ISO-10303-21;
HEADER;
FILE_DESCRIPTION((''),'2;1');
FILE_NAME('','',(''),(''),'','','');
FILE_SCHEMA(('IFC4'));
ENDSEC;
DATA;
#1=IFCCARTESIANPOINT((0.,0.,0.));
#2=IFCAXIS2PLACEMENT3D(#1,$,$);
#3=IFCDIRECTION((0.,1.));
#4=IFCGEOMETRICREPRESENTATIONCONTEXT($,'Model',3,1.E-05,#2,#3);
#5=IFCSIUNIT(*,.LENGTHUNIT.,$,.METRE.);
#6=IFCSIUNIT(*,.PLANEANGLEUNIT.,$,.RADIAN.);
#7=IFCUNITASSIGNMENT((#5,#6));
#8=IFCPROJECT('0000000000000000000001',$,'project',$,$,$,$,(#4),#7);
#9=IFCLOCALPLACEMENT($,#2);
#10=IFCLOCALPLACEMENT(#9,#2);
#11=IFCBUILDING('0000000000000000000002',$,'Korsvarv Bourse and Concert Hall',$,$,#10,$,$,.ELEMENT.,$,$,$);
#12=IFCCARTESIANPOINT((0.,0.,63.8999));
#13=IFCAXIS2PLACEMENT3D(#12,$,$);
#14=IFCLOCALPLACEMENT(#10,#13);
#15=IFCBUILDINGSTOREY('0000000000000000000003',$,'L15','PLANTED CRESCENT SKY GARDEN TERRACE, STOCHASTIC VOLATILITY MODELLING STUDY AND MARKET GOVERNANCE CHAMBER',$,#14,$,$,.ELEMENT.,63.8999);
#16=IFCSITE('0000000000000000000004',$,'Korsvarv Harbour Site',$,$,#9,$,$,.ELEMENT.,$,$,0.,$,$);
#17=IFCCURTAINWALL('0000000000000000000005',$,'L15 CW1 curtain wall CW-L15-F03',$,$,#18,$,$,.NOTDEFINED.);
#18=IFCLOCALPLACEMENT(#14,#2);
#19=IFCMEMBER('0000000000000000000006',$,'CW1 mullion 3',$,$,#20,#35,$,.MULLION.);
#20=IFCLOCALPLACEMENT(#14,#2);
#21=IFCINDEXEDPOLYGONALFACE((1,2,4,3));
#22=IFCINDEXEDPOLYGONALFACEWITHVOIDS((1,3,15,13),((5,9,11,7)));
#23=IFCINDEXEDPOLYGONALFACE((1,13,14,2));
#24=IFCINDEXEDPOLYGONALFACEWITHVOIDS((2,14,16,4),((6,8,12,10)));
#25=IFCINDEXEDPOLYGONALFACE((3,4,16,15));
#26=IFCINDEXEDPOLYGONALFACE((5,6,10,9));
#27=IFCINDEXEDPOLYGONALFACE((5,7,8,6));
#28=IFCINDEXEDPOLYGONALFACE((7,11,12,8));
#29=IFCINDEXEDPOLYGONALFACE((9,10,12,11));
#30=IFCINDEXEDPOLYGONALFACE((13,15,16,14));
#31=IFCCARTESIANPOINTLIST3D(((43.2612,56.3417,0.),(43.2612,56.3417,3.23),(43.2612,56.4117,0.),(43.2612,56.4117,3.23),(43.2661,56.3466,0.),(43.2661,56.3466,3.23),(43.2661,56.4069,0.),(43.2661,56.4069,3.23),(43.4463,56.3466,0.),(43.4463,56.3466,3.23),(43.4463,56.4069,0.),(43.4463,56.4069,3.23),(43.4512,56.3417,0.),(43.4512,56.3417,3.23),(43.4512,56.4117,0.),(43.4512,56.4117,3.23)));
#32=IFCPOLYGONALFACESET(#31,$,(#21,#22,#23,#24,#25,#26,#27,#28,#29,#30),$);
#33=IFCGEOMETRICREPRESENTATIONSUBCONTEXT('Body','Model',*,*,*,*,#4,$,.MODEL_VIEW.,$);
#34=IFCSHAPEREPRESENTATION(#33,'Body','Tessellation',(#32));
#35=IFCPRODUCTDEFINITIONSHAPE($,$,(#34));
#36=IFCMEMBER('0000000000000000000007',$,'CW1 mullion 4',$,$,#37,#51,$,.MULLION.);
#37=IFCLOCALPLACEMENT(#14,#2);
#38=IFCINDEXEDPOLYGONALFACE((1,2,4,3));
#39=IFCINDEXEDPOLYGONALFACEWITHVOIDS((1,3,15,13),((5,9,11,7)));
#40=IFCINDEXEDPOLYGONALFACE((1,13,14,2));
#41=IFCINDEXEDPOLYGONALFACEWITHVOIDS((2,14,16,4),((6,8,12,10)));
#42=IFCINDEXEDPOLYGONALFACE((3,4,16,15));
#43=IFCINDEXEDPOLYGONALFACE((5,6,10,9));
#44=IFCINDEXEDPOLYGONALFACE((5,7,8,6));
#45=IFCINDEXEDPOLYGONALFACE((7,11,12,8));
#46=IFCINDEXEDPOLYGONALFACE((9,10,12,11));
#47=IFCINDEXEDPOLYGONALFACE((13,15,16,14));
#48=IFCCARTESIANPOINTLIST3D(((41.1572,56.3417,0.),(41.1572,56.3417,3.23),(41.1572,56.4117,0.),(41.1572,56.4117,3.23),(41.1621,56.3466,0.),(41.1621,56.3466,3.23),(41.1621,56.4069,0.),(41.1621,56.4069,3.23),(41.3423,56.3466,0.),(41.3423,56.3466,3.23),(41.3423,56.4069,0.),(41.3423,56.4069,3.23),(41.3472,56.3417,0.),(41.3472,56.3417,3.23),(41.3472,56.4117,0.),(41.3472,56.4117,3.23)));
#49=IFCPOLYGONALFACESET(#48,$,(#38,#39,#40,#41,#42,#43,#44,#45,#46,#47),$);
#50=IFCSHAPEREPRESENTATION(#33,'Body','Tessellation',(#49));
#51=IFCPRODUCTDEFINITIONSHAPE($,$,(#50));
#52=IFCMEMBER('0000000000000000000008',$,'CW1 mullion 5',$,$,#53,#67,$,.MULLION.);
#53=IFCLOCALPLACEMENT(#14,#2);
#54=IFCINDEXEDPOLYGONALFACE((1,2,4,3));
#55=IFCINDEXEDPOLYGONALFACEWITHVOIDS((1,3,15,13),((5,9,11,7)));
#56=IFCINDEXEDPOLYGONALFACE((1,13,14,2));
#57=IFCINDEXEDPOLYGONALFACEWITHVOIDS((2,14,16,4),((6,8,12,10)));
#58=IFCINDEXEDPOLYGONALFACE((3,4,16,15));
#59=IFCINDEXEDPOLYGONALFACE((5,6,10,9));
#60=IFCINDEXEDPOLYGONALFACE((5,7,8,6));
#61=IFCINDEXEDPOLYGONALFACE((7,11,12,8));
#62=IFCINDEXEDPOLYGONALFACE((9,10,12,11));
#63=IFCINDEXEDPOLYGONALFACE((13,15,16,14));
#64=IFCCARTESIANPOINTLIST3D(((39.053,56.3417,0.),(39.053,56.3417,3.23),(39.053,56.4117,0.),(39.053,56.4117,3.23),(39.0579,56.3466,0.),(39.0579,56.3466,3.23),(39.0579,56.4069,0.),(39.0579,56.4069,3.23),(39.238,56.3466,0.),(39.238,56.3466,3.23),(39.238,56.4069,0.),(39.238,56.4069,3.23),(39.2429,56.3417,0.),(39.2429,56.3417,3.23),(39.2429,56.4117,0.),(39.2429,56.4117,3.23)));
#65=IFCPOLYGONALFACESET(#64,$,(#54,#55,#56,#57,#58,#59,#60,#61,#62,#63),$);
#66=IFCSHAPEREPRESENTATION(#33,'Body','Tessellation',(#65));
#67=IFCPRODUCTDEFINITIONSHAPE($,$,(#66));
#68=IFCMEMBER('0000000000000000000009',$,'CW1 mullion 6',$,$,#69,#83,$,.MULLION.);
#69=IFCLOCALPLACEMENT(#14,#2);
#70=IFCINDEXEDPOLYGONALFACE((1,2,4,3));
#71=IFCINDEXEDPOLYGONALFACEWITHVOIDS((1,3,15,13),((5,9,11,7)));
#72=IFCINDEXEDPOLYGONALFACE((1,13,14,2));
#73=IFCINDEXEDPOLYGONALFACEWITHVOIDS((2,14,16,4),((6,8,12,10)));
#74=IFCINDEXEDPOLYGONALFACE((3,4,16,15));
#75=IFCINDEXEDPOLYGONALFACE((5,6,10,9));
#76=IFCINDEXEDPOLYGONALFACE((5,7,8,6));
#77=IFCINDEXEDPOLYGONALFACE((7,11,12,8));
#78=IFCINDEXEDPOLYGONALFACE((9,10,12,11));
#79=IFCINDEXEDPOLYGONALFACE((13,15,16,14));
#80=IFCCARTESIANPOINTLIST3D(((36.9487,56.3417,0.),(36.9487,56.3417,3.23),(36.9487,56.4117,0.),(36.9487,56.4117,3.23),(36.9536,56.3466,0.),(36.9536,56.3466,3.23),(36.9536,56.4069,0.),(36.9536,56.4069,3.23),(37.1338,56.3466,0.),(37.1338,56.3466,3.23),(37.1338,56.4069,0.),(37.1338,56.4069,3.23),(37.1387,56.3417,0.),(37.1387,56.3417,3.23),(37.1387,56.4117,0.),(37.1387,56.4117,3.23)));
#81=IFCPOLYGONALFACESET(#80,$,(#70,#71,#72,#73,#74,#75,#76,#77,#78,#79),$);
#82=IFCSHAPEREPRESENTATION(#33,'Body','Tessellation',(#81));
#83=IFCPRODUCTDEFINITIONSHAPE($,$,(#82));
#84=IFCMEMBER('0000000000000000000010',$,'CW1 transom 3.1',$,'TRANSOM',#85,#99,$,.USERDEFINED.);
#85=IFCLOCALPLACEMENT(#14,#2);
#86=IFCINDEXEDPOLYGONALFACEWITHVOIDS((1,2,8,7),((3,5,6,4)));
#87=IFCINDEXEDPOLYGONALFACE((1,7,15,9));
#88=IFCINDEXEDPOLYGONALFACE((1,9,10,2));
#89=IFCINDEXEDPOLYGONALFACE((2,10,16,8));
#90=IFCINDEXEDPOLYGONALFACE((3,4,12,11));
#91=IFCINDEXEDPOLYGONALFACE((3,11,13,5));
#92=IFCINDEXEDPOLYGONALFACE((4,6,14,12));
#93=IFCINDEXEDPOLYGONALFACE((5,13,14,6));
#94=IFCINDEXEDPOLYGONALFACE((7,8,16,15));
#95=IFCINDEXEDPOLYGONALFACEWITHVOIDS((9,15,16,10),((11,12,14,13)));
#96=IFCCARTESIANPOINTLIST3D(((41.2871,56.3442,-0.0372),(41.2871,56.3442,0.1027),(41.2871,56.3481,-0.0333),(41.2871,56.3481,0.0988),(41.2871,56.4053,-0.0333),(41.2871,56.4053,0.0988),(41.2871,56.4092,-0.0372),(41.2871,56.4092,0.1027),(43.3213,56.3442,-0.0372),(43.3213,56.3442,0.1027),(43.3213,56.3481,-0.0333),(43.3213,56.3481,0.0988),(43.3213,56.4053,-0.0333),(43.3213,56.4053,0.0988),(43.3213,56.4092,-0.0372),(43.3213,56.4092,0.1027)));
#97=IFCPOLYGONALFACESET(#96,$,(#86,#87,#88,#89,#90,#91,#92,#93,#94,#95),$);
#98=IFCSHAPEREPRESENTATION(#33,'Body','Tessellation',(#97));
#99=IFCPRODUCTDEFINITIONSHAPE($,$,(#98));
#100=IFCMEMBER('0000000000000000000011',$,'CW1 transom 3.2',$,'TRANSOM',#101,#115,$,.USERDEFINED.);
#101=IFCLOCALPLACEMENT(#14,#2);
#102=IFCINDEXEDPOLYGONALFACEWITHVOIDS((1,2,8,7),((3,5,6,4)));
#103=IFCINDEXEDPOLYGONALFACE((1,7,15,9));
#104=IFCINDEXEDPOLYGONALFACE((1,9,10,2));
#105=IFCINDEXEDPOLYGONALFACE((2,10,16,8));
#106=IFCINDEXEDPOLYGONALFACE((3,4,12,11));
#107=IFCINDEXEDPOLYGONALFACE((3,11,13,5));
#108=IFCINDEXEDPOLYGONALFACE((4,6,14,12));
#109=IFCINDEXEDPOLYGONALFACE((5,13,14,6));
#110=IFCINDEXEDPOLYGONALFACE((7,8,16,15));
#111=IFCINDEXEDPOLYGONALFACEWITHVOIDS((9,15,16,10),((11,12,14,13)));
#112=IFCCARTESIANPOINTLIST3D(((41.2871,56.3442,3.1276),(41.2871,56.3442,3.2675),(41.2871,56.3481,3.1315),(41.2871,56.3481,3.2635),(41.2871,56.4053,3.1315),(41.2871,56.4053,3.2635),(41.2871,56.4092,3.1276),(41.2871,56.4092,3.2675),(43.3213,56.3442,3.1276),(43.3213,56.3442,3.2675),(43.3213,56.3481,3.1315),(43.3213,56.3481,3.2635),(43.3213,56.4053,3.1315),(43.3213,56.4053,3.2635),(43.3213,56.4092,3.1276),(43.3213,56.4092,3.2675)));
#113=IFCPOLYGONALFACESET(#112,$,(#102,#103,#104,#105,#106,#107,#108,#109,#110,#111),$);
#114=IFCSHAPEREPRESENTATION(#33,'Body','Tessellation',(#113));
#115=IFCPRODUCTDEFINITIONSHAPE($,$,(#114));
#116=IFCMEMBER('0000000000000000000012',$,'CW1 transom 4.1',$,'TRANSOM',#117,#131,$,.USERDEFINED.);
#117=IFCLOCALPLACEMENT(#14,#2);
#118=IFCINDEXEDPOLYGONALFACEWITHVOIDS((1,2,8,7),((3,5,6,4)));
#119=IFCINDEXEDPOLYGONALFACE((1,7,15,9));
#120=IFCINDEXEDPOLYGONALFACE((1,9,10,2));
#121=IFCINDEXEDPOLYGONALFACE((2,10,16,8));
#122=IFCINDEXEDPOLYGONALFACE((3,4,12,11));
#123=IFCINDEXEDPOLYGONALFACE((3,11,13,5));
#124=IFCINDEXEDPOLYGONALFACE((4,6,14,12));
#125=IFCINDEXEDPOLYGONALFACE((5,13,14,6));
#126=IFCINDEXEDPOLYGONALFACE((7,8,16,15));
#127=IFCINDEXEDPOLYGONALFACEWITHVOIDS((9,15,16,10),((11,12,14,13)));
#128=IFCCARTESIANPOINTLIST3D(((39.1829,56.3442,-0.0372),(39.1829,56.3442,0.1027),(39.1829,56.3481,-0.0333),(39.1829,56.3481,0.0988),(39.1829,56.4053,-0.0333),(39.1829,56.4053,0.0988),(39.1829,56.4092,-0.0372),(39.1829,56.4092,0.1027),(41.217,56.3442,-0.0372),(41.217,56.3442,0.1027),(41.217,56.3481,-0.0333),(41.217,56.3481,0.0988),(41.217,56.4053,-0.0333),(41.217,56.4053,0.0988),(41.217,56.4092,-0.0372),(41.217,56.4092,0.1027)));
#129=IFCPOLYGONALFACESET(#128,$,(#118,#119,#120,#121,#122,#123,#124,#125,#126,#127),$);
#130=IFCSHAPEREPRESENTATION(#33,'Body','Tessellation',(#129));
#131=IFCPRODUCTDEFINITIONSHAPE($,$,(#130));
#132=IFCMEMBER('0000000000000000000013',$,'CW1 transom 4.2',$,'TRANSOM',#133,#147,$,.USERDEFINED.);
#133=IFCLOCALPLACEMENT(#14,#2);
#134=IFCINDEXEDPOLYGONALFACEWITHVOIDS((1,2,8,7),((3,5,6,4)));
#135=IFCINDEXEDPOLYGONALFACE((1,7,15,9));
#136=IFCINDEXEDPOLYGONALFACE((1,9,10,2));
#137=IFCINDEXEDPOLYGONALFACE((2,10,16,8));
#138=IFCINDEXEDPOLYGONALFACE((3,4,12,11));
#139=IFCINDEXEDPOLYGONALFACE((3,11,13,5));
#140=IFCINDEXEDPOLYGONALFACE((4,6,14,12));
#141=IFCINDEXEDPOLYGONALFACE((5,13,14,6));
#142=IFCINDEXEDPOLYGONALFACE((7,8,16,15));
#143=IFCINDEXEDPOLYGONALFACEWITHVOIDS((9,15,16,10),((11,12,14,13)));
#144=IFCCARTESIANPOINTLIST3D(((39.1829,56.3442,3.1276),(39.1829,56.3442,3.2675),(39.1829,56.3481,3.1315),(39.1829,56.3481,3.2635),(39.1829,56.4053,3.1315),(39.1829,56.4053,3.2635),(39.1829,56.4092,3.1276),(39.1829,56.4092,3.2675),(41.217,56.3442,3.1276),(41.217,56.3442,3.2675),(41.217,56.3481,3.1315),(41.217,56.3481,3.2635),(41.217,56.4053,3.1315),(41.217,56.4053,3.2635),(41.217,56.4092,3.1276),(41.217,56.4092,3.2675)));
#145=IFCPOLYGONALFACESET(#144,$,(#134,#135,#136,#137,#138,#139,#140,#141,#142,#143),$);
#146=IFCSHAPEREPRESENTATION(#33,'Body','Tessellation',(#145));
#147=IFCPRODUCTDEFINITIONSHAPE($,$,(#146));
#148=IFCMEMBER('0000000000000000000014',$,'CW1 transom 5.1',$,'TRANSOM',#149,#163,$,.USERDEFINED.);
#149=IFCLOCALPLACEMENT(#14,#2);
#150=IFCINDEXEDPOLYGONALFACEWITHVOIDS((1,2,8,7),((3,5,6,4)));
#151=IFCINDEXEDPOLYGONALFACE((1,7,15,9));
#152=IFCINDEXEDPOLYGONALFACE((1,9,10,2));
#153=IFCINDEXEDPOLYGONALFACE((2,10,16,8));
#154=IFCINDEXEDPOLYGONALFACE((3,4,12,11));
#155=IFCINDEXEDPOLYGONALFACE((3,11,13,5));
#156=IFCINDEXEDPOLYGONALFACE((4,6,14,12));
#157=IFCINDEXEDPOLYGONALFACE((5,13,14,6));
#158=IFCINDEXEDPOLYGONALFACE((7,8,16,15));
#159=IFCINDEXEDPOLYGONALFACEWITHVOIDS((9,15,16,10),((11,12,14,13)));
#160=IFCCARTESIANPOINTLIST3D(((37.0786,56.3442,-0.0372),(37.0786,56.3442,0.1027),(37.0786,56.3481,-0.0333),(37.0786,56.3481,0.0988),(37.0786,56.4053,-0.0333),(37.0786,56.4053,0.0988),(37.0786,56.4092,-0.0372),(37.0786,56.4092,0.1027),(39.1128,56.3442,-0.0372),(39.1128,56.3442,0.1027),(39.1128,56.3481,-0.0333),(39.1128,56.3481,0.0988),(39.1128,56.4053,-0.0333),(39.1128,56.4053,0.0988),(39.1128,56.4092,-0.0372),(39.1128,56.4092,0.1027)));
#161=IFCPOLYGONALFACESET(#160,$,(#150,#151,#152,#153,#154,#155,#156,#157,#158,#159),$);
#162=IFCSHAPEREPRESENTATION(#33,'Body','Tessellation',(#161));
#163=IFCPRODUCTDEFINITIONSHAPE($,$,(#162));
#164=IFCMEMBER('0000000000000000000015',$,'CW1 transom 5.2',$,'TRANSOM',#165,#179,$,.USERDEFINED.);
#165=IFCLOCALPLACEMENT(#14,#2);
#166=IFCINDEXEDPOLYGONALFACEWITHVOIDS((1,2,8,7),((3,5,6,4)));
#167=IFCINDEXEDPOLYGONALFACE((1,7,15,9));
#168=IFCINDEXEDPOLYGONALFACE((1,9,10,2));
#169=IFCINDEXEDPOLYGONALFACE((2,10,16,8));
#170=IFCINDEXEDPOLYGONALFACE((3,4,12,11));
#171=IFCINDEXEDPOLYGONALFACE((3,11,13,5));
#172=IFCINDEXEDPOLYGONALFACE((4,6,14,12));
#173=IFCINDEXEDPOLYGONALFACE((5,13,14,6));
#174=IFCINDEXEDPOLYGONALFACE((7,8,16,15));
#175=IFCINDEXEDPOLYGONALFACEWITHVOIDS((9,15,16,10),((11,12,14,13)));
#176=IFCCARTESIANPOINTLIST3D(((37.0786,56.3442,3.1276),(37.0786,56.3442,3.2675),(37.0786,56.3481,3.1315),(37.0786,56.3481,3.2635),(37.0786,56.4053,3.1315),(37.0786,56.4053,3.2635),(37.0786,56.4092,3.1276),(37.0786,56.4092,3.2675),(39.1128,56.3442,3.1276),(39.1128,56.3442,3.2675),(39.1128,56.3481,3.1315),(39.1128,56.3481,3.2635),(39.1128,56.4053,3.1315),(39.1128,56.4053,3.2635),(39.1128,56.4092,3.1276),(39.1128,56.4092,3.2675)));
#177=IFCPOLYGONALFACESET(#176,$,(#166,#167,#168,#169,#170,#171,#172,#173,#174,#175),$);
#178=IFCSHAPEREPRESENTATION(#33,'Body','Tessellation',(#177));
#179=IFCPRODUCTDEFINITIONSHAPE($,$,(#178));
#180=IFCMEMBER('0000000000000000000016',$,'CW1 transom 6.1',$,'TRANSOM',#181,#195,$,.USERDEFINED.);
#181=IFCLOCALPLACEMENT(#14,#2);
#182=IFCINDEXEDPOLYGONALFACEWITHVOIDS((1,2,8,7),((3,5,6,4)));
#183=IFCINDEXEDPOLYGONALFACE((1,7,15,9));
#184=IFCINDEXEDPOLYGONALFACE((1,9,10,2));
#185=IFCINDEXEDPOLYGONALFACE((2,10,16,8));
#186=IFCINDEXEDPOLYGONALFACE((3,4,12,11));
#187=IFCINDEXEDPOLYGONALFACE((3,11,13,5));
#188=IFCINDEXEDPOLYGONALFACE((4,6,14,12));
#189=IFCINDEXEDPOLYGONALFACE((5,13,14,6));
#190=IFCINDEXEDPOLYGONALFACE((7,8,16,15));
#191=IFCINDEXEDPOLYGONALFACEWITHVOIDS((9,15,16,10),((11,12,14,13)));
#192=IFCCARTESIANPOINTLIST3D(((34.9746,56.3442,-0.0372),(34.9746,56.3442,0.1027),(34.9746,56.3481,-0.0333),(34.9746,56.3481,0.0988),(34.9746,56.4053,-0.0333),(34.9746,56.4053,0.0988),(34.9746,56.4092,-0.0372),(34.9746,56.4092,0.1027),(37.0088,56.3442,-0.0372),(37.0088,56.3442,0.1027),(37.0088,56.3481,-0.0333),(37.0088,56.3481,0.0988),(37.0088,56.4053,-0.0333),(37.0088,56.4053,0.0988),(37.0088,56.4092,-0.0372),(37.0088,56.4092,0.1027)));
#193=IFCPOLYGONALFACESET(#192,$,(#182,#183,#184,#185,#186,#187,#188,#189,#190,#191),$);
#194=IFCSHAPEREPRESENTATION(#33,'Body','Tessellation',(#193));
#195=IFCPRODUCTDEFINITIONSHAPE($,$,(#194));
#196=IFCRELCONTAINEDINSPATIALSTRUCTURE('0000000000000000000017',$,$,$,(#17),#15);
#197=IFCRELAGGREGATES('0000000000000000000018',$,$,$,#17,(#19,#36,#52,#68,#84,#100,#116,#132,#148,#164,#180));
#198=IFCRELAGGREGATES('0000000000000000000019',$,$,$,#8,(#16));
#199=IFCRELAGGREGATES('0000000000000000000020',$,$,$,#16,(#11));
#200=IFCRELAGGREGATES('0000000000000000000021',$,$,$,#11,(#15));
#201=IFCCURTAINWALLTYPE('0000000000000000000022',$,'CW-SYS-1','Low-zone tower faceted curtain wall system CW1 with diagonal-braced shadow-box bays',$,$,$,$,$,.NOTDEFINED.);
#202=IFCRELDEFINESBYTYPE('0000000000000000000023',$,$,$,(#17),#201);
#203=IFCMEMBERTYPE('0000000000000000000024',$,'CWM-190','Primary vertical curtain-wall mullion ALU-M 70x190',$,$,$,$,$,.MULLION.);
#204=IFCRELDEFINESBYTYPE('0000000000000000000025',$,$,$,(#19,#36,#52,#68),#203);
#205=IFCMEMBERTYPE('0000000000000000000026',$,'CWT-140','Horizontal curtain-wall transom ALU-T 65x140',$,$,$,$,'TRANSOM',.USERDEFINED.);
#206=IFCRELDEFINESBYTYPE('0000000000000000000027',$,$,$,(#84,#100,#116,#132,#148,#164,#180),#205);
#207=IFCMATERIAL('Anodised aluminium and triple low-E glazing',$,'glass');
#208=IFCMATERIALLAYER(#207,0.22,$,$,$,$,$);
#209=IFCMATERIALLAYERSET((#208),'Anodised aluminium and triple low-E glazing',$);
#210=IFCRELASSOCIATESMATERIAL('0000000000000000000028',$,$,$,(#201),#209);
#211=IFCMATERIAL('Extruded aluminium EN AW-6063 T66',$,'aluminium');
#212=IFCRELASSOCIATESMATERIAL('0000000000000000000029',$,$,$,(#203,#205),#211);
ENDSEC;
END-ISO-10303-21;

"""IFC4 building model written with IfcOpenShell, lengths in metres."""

from ifc_helpers import new_model, si_unit, direction, frame, origin, origin_2d, place, context, subcontext, project, spatial, hollow_rectangle, extrude, source, transform, mapped, material, layer, layer_set, material_profile, profile_set, type_object, element, aggregate, save


model = new_model("IFC4")

# Units and contexts
model_context = context("Model", 3, precision=1e-05, world=origin(), true_north=direction((0.0, 1.0)))
body_context = subcontext(model_context, "Body", "Model", "MODEL_VIEW")
ifc_project = project(units=[si_unit("LENGTHUNIT", "METRE"), si_unit("PLANEANGLEUNIT", "RADIAN")], contexts=[model_context])

# Site, building, storey
site_placement = place(None, origin())
site = spatial("IfcSite", under=ifc_project, at=site_placement, Name="Korsvarv Harbour Site", CompositionType="ELEMENT", RefElevation=0.0)
building_placement = place(site_placement, origin())
building = spatial("IfcBuilding", under=site, at=building_placement, Name="Korsvarv Bourse and Concert Hall", CompositionType="ELEMENT")
storey_placement = place(building_placement, frame((0.0, 0.0, 63.8999)))
storey = spatial("IfcBuildingStorey", under=building, at=storey_placement, Name="L15", Description="PLANTED CRESCENT SKY GARDEN TERRACE, STOCHASTIC VOLATILITY MODELLING STUDY AND MARKET GOVERNANCE CHAMBER", CompositionType="ELEMENT", Elevation=63.8999)

# Curtain wall, members
ifc_material_1 = material(Name="Anodised aluminium and triple low-E glazing", Category="glass")
ifc_layer_1 = layer(ifc_material_1, 0.22)
ifc_layer_set_1 = layer_set([ifc_layer_1], Name="Anodised aluminium and triple low-E glazing")
curtain_wall_type = type_object("IfcCurtainWallType", Name="CW-SYS-1", Description="Low-zone tower faceted curtain wall system CW1 with diagonal-braced shadow-box bays", PredefinedType="NOTDEFINED", material=ifc_layer_set_1)
curtain_wall_placement = place(storey_placement, origin())
curtain_wall = element("IfcCurtainWall", 1, at=curtain_wall_placement, inside=storey, type_object=curtain_wall_type, Name="L15 CW1 curtain wall CW-L15-F03", PredefinedType="NOTDEFINED")
ifc_material_2 = material(Name="Extruded aluminium EN AW-6063 T66", Category="aluminium")
ifc_material_profile_1 = material_profile(ifc_material_2, hollow_rectangle(XDim=0.0701, YDim=0.1899, WallThickness=0.0049, at=origin_2d()), Name="ALU-M 70x190")
ifc_profile_set_1 = profile_set([ifc_material_profile_1], Name="Extruded aluminium EN AW-6063 T66")
member_type_1 = type_object("IfcMemberType", Name="CWM-190", Description="Primary vertical curtain-wall mullion ALU-M 70x190", PredefinedType="MULLION", material=ifc_profile_set_1)
shared_shape_1 = source(origin(), body_context, "Body", "SweptSolid", [
    extrude(hollow_rectangle(XDim=0.0701, YDim=0.1899, WallThickness=0.0049, at=origin_2d()), origin(), (0.0, 0.0, 1.0), 3.23),
])
member_1_placement = place(storey_placement, frame((43.3562, 56.3767, 0.0), z_axis=(0.0, 0.0, 1.0), x_axis=(0.0, -1.0, 0.0)))
member_1 = element("IfcMember", 2, at=member_1_placement, type_object=member_type_1, Name="CW1 mullion 3", PredefinedType="MULLION", context=body_context, shape_type="MappedRepresentation", body=[
    mapped(shared_shape_1, transform((0.0, 0.0, 0.0), scale=1.0)),
])
member_2_placement = place(storey_placement, frame((41.2522, 56.3767, 0.0), z_axis=(0.0, 0.0, 1.0), x_axis=(0.0, -1.0, 0.0)))
member_2 = element("IfcMember", 3, at=member_2_placement, type_object=member_type_1, Name="CW1 mullion 4", PredefinedType="MULLION", context=body_context, shape_type="MappedRepresentation", body=[
    mapped(shared_shape_1, transform((0.0, 0.0, 0.0), scale=1.0)),
])
member_3_placement = place(storey_placement, frame((39.1479, 56.3767, 0.0), z_axis=(0.0, 0.0, 1.0), x_axis=(0.0, -1.0, 0.0)))
member_3 = element("IfcMember", 4, at=member_3_placement, type_object=member_type_1, Name="CW1 mullion 5", PredefinedType="MULLION", context=body_context, shape_type="MappedRepresentation", body=[
    mapped(shared_shape_1, transform((0.0, 0.0, 0.0), scale=1.0)),
])
member_4_placement = place(storey_placement, frame((37.0437, 56.3767, 0.0), z_axis=(0.0, 0.0, 1.0), x_axis=(0.0, -1.0, 0.0)))
member_4 = element("IfcMember", 5, at=member_4_placement, type_object=member_type_1, Name="CW1 mullion 6", PredefinedType="MULLION", context=body_context, shape_type="MappedRepresentation", body=[
    mapped(shared_shape_1, transform((0.0, 0.0, 0.0), scale=1.0)),
])
ifc_material_profile_2 = material_profile(ifc_material_2, hollow_rectangle(XDim=0.0649, YDim=0.1399, WallThickness=0.0039, at=origin_2d()), Name="ALU-T 65x140")
ifc_profile_set_2 = profile_set([ifc_material_profile_2], Name="Extruded aluminium EN AW-6063 T66")
member_type_2 = type_object("IfcMemberType", Name="CWT-140", Description="Horizontal curtain-wall transom ALU-T 65x140", ElementType="TRANSOM", PredefinedType="USERDEFINED", material=ifc_profile_set_2)
shared_shape_2 = source(origin(), body_context, "Body", "SweptSolid", [
    extrude(hollow_rectangle(XDim=0.0649, YDim=0.1399, WallThickness=0.0039, at=origin_2d()), origin(), (0.0, 0.0, 1.0), 2.0342),
])
member_5_placement = place(storey_placement, frame((43.3213, 56.3767, 0.0327), z_axis=(-1.0, 0.0, 0.0), x_axis=(0.0, -1.0, 0.0)))
member_5 = element("IfcMember", 6, at=member_5_placement, type_object=member_type_2, Name="CW1 transom 3.1", ObjectType="TRANSOM", PredefinedType="USERDEFINED", context=body_context, shape_type="MappedRepresentation", body=[
    mapped(shared_shape_2, transform((0.0, 0.0, 0.0), scale=1.0)),
])
member_6_placement = place(storey_placement, frame((43.3213, 56.3767, 3.1975), z_axis=(-1.0, 0.0, 0.0), x_axis=(0.0, -1.0, 0.0)))
member_6 = element("IfcMember", 7, at=member_6_placement, type_object=member_type_2, Name="CW1 transom 3.2", ObjectType="TRANSOM", PredefinedType="USERDEFINED", context=body_context, shape_type="MappedRepresentation", body=[
    mapped(shared_shape_2, transform((0.0, 0.0, 0.0), scale=1.0)),
])
member_7_placement = place(storey_placement, frame((41.217, 56.3767, 0.0327), z_axis=(-1.0, 0.0, 0.0), x_axis=(0.0, -1.0, 0.0)))
member_7 = element("IfcMember", 8, at=member_7_placement, type_object=member_type_2, Name="CW1 transom 4.1", ObjectType="TRANSOM", PredefinedType="USERDEFINED", context=body_context, shape_type="MappedRepresentation", body=[
    mapped(shared_shape_2, transform((0.0, 0.0, 0.0), scale=1.0)),
])
member_8_placement = place(storey_placement, frame((41.217, 56.3767, 3.1975), z_axis=(-1.0, 0.0, 0.0), x_axis=(0.0, -1.0, 0.0)))
member_8 = element("IfcMember", 9, at=member_8_placement, type_object=member_type_2, Name="CW1 transom 4.2", ObjectType="TRANSOM", PredefinedType="USERDEFINED", context=body_context, shape_type="MappedRepresentation", body=[
    mapped(shared_shape_2, transform((0.0, 0.0, 0.0), scale=1.0)),
])
member_9_placement = place(storey_placement, frame((39.1128, 56.3767, 0.0327), z_axis=(-1.0, 0.0, 0.0), x_axis=(0.0, -1.0, 0.0)))
member_9 = element("IfcMember", 10, at=member_9_placement, type_object=member_type_2, Name="CW1 transom 5.1", ObjectType="TRANSOM", PredefinedType="USERDEFINED", context=body_context, shape_type="MappedRepresentation", body=[
    mapped(shared_shape_2, transform((0.0, 0.0, 0.0), scale=1.0)),
])
member_10_placement = place(storey_placement, frame((39.1128, 56.3767, 3.1975), z_axis=(-1.0, 0.0, 0.0), x_axis=(0.0, -1.0, 0.0)))
member_10 = element("IfcMember", 11, at=member_10_placement, type_object=member_type_2, Name="CW1 transom 5.2", ObjectType="TRANSOM", PredefinedType="USERDEFINED", context=body_context, shape_type="MappedRepresentation", body=[
    mapped(shared_shape_2, transform((0.0, 0.0, 0.0), scale=1.0)),
])
member_11_placement = place(storey_placement, frame((37.0088, 56.3767, 0.0327), z_axis=(-1.0, 0.0, 0.0), x_axis=(0.0, -1.0, 0.0)))
member_11 = element("IfcMember", 12, at=member_11_placement, type_object=member_type_2, Name="CW1 transom 6.1", ObjectType="TRANSOM", PredefinedType="USERDEFINED", context=body_context, shape_type="MappedRepresentation", body=[
    mapped(shared_shape_2, transform((0.0, 0.0, 0.0), scale=1.0)),
])
aggregate(curtain_wall, [member_1, member_2, member_3, member_4, member_5, member_6, member_7, member_8, member_9, member_10, member_11])

save(model, "model.ifc")
